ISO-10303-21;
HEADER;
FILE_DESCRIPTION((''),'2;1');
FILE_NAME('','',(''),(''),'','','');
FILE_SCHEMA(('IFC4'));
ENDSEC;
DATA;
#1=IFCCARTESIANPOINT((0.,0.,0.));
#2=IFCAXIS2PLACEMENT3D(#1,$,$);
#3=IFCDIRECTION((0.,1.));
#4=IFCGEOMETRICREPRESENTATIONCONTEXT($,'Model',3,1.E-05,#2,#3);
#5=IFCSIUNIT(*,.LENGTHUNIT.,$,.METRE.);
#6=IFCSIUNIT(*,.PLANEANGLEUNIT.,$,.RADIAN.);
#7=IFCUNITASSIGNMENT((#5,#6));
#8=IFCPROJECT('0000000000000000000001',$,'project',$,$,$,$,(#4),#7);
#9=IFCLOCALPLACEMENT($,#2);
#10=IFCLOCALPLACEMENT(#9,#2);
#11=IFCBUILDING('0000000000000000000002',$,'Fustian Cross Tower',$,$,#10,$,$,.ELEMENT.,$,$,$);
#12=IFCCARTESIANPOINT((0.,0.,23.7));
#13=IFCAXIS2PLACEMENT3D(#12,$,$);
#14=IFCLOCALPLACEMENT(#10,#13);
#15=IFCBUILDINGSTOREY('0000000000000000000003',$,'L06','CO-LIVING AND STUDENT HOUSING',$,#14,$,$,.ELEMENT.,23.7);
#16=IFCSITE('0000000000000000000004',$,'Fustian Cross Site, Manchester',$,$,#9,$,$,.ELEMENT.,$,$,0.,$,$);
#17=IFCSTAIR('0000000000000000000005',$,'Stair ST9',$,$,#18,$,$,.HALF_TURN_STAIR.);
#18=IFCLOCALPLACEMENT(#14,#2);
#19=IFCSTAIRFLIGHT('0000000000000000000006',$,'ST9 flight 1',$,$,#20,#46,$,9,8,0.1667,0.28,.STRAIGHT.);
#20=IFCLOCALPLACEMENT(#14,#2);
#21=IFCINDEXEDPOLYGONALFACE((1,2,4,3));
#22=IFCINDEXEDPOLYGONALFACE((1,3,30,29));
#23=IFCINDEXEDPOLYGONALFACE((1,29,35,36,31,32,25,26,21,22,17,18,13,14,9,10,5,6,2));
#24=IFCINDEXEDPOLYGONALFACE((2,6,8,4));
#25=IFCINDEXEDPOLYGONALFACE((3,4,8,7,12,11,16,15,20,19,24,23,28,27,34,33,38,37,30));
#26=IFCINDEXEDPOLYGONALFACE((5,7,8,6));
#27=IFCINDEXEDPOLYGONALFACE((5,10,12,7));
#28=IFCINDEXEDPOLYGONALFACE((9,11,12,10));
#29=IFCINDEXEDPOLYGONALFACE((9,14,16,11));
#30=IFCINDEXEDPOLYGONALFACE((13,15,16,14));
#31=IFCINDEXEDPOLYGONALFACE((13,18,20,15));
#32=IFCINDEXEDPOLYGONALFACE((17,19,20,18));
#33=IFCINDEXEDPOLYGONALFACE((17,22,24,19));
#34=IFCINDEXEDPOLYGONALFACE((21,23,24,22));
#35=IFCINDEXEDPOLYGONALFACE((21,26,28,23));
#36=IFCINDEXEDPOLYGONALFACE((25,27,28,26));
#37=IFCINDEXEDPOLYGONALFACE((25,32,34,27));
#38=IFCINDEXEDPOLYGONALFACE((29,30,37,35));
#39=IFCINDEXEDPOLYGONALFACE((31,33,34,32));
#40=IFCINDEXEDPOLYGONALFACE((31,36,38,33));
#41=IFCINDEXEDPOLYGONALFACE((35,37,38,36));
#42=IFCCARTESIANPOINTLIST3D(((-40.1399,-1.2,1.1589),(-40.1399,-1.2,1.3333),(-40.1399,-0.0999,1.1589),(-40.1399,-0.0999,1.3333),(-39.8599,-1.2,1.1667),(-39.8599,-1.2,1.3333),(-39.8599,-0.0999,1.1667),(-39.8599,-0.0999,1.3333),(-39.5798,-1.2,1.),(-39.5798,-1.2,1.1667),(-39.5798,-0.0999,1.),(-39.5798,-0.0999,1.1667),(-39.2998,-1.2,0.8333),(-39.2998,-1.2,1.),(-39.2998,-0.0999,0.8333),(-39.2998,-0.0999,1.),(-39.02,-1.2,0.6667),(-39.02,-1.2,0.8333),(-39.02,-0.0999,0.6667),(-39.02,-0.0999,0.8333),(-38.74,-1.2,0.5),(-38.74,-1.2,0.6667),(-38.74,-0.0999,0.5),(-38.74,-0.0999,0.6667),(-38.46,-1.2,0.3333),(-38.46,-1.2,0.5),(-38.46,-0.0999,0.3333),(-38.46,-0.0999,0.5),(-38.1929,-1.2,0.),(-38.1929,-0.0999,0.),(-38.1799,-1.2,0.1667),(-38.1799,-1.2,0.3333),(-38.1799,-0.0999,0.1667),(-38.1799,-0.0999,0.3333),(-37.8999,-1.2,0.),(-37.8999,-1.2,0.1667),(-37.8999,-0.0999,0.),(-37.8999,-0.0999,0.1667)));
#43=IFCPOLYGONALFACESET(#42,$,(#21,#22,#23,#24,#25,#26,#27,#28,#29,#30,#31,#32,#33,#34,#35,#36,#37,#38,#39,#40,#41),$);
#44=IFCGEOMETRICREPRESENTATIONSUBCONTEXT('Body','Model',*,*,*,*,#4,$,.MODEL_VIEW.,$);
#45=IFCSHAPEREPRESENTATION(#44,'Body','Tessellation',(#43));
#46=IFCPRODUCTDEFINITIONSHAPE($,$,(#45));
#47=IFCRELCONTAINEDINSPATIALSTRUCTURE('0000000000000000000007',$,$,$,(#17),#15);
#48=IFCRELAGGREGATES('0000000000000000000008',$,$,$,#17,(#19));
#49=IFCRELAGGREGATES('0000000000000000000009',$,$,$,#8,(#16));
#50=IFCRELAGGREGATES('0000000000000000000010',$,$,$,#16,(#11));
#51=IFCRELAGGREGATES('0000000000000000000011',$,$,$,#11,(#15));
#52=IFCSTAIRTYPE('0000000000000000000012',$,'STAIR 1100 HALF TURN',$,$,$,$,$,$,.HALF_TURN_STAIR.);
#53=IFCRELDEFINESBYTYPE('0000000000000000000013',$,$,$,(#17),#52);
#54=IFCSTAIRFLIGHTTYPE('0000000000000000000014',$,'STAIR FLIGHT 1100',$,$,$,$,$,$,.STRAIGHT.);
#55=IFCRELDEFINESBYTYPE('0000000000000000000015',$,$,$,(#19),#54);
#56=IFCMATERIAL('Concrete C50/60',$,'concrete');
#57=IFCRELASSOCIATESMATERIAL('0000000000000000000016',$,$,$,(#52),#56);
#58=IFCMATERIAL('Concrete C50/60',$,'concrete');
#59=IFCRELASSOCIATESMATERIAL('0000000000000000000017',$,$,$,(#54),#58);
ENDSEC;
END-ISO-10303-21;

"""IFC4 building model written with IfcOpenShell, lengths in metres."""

from ifc_helpers import new_model, si_unit, direction, frame, origin, place, context, subcontext, project, spatial, polyline, outline, extrude, material, type_object, element, aggregate, save


model = new_model("IFC4")

# Units and contexts
model_context = context("Model", 3, precision=1e-05, world=origin(), true_north=direction((0.0, 1.0)))
body_context = subcontext(model_context, "Body", "Model", "MODEL_VIEW")
ifc_project = project(units=[si_unit("LENGTHUNIT", "METRE"), si_unit("PLANEANGLEUNIT", "RADIAN")], contexts=[model_context])

# Site, building, storey
site_placement = place(None, origin())
site = spatial("IfcSite", under=ifc_project, at=site_placement, Name="Fustian Cross Site, Manchester", CompositionType="ELEMENT", RefElevation=0.0)
building_placement = place(site_placement, origin())
building = spatial("IfcBuilding", under=site, at=building_placement, Name="Fustian Cross Tower", CompositionType="ELEMENT")
storey_placement = place(building_placement, frame((0.0, 0.0, 23.7)))
storey = spatial("IfcBuildingStorey", under=building, at=storey_placement, Name="L06", Description="CO-LIVING AND STUDENT HOUSING", CompositionType="ELEMENT", Elevation=23.7)

# Stair, stair flight
ifc_material_1 = material(Name="Concrete C50/60", Category="concrete")
stair_type = type_object("IfcStairType", Name="STAIR 1100 HALF TURN", PredefinedType="HALF_TURN_STAIR", material=ifc_material_1)
stair_placement = place(storey_placement, origin())
stair = element("IfcStair", 1, at=stair_placement, inside=storey, type_object=stair_type, Name="Stair ST9", PredefinedType="HALF_TURN_STAIR")
ifc_material_2 = material(Name="Concrete C50/60", Category="concrete")
stair_flight_type = type_object("IfcStairFlightType", Name="STAIR FLIGHT 1100", PredefinedType="STRAIGHT", material=ifc_material_2)
stair_flight_placement = place(storey_placement, frame((-37.8999, -0.6499, 0.0), z_axis=(0.0, 0.0, 1.0), x_axis=(-1.0, 0.0, 0.0)))
stair_flight = element("IfcStairFlight", 2, at=stair_flight_placement, type_object=stair_flight_type, Name="ST9 flight 1", NumberOfRisers=9, NumberOfTreads=8, PredefinedType="STRAIGHT", RiserHeight=0.1667, TreadLength=0.28, context=body_context, shape_type="SweptSolid", body=[
    extrude(outline(polyline([(0.0, 0.0), (0.0, 0.1667), (0.28, 0.1667), (0.28, 0.3333), (0.5601, 0.3333), (0.5601, 0.5), (0.8401, 0.5), (0.8401, 0.6667), (1.1201, 0.6667), (1.1201, 0.8333), (1.3999, 0.8333), (1.3999, 1.0), (1.6799, 1.0), (1.6799, 1.1667), (1.96, 1.1667), (1.96, 1.3333), (2.24, 1.3333), (2.24, 1.5), (2.24, 1.1589), (0.293, 0.0), (0.0, 0.0)])), frame((0.0, 0.55, 0.0), z_axis=(0.0, -1.0, 0.0), x_axis=(1.0, 0.0, 0.0)), (0.0, 0.0, 1.0), 1.1001),
])
aggregate(stair, [stair_flight])

save(model, "model.ifc")
